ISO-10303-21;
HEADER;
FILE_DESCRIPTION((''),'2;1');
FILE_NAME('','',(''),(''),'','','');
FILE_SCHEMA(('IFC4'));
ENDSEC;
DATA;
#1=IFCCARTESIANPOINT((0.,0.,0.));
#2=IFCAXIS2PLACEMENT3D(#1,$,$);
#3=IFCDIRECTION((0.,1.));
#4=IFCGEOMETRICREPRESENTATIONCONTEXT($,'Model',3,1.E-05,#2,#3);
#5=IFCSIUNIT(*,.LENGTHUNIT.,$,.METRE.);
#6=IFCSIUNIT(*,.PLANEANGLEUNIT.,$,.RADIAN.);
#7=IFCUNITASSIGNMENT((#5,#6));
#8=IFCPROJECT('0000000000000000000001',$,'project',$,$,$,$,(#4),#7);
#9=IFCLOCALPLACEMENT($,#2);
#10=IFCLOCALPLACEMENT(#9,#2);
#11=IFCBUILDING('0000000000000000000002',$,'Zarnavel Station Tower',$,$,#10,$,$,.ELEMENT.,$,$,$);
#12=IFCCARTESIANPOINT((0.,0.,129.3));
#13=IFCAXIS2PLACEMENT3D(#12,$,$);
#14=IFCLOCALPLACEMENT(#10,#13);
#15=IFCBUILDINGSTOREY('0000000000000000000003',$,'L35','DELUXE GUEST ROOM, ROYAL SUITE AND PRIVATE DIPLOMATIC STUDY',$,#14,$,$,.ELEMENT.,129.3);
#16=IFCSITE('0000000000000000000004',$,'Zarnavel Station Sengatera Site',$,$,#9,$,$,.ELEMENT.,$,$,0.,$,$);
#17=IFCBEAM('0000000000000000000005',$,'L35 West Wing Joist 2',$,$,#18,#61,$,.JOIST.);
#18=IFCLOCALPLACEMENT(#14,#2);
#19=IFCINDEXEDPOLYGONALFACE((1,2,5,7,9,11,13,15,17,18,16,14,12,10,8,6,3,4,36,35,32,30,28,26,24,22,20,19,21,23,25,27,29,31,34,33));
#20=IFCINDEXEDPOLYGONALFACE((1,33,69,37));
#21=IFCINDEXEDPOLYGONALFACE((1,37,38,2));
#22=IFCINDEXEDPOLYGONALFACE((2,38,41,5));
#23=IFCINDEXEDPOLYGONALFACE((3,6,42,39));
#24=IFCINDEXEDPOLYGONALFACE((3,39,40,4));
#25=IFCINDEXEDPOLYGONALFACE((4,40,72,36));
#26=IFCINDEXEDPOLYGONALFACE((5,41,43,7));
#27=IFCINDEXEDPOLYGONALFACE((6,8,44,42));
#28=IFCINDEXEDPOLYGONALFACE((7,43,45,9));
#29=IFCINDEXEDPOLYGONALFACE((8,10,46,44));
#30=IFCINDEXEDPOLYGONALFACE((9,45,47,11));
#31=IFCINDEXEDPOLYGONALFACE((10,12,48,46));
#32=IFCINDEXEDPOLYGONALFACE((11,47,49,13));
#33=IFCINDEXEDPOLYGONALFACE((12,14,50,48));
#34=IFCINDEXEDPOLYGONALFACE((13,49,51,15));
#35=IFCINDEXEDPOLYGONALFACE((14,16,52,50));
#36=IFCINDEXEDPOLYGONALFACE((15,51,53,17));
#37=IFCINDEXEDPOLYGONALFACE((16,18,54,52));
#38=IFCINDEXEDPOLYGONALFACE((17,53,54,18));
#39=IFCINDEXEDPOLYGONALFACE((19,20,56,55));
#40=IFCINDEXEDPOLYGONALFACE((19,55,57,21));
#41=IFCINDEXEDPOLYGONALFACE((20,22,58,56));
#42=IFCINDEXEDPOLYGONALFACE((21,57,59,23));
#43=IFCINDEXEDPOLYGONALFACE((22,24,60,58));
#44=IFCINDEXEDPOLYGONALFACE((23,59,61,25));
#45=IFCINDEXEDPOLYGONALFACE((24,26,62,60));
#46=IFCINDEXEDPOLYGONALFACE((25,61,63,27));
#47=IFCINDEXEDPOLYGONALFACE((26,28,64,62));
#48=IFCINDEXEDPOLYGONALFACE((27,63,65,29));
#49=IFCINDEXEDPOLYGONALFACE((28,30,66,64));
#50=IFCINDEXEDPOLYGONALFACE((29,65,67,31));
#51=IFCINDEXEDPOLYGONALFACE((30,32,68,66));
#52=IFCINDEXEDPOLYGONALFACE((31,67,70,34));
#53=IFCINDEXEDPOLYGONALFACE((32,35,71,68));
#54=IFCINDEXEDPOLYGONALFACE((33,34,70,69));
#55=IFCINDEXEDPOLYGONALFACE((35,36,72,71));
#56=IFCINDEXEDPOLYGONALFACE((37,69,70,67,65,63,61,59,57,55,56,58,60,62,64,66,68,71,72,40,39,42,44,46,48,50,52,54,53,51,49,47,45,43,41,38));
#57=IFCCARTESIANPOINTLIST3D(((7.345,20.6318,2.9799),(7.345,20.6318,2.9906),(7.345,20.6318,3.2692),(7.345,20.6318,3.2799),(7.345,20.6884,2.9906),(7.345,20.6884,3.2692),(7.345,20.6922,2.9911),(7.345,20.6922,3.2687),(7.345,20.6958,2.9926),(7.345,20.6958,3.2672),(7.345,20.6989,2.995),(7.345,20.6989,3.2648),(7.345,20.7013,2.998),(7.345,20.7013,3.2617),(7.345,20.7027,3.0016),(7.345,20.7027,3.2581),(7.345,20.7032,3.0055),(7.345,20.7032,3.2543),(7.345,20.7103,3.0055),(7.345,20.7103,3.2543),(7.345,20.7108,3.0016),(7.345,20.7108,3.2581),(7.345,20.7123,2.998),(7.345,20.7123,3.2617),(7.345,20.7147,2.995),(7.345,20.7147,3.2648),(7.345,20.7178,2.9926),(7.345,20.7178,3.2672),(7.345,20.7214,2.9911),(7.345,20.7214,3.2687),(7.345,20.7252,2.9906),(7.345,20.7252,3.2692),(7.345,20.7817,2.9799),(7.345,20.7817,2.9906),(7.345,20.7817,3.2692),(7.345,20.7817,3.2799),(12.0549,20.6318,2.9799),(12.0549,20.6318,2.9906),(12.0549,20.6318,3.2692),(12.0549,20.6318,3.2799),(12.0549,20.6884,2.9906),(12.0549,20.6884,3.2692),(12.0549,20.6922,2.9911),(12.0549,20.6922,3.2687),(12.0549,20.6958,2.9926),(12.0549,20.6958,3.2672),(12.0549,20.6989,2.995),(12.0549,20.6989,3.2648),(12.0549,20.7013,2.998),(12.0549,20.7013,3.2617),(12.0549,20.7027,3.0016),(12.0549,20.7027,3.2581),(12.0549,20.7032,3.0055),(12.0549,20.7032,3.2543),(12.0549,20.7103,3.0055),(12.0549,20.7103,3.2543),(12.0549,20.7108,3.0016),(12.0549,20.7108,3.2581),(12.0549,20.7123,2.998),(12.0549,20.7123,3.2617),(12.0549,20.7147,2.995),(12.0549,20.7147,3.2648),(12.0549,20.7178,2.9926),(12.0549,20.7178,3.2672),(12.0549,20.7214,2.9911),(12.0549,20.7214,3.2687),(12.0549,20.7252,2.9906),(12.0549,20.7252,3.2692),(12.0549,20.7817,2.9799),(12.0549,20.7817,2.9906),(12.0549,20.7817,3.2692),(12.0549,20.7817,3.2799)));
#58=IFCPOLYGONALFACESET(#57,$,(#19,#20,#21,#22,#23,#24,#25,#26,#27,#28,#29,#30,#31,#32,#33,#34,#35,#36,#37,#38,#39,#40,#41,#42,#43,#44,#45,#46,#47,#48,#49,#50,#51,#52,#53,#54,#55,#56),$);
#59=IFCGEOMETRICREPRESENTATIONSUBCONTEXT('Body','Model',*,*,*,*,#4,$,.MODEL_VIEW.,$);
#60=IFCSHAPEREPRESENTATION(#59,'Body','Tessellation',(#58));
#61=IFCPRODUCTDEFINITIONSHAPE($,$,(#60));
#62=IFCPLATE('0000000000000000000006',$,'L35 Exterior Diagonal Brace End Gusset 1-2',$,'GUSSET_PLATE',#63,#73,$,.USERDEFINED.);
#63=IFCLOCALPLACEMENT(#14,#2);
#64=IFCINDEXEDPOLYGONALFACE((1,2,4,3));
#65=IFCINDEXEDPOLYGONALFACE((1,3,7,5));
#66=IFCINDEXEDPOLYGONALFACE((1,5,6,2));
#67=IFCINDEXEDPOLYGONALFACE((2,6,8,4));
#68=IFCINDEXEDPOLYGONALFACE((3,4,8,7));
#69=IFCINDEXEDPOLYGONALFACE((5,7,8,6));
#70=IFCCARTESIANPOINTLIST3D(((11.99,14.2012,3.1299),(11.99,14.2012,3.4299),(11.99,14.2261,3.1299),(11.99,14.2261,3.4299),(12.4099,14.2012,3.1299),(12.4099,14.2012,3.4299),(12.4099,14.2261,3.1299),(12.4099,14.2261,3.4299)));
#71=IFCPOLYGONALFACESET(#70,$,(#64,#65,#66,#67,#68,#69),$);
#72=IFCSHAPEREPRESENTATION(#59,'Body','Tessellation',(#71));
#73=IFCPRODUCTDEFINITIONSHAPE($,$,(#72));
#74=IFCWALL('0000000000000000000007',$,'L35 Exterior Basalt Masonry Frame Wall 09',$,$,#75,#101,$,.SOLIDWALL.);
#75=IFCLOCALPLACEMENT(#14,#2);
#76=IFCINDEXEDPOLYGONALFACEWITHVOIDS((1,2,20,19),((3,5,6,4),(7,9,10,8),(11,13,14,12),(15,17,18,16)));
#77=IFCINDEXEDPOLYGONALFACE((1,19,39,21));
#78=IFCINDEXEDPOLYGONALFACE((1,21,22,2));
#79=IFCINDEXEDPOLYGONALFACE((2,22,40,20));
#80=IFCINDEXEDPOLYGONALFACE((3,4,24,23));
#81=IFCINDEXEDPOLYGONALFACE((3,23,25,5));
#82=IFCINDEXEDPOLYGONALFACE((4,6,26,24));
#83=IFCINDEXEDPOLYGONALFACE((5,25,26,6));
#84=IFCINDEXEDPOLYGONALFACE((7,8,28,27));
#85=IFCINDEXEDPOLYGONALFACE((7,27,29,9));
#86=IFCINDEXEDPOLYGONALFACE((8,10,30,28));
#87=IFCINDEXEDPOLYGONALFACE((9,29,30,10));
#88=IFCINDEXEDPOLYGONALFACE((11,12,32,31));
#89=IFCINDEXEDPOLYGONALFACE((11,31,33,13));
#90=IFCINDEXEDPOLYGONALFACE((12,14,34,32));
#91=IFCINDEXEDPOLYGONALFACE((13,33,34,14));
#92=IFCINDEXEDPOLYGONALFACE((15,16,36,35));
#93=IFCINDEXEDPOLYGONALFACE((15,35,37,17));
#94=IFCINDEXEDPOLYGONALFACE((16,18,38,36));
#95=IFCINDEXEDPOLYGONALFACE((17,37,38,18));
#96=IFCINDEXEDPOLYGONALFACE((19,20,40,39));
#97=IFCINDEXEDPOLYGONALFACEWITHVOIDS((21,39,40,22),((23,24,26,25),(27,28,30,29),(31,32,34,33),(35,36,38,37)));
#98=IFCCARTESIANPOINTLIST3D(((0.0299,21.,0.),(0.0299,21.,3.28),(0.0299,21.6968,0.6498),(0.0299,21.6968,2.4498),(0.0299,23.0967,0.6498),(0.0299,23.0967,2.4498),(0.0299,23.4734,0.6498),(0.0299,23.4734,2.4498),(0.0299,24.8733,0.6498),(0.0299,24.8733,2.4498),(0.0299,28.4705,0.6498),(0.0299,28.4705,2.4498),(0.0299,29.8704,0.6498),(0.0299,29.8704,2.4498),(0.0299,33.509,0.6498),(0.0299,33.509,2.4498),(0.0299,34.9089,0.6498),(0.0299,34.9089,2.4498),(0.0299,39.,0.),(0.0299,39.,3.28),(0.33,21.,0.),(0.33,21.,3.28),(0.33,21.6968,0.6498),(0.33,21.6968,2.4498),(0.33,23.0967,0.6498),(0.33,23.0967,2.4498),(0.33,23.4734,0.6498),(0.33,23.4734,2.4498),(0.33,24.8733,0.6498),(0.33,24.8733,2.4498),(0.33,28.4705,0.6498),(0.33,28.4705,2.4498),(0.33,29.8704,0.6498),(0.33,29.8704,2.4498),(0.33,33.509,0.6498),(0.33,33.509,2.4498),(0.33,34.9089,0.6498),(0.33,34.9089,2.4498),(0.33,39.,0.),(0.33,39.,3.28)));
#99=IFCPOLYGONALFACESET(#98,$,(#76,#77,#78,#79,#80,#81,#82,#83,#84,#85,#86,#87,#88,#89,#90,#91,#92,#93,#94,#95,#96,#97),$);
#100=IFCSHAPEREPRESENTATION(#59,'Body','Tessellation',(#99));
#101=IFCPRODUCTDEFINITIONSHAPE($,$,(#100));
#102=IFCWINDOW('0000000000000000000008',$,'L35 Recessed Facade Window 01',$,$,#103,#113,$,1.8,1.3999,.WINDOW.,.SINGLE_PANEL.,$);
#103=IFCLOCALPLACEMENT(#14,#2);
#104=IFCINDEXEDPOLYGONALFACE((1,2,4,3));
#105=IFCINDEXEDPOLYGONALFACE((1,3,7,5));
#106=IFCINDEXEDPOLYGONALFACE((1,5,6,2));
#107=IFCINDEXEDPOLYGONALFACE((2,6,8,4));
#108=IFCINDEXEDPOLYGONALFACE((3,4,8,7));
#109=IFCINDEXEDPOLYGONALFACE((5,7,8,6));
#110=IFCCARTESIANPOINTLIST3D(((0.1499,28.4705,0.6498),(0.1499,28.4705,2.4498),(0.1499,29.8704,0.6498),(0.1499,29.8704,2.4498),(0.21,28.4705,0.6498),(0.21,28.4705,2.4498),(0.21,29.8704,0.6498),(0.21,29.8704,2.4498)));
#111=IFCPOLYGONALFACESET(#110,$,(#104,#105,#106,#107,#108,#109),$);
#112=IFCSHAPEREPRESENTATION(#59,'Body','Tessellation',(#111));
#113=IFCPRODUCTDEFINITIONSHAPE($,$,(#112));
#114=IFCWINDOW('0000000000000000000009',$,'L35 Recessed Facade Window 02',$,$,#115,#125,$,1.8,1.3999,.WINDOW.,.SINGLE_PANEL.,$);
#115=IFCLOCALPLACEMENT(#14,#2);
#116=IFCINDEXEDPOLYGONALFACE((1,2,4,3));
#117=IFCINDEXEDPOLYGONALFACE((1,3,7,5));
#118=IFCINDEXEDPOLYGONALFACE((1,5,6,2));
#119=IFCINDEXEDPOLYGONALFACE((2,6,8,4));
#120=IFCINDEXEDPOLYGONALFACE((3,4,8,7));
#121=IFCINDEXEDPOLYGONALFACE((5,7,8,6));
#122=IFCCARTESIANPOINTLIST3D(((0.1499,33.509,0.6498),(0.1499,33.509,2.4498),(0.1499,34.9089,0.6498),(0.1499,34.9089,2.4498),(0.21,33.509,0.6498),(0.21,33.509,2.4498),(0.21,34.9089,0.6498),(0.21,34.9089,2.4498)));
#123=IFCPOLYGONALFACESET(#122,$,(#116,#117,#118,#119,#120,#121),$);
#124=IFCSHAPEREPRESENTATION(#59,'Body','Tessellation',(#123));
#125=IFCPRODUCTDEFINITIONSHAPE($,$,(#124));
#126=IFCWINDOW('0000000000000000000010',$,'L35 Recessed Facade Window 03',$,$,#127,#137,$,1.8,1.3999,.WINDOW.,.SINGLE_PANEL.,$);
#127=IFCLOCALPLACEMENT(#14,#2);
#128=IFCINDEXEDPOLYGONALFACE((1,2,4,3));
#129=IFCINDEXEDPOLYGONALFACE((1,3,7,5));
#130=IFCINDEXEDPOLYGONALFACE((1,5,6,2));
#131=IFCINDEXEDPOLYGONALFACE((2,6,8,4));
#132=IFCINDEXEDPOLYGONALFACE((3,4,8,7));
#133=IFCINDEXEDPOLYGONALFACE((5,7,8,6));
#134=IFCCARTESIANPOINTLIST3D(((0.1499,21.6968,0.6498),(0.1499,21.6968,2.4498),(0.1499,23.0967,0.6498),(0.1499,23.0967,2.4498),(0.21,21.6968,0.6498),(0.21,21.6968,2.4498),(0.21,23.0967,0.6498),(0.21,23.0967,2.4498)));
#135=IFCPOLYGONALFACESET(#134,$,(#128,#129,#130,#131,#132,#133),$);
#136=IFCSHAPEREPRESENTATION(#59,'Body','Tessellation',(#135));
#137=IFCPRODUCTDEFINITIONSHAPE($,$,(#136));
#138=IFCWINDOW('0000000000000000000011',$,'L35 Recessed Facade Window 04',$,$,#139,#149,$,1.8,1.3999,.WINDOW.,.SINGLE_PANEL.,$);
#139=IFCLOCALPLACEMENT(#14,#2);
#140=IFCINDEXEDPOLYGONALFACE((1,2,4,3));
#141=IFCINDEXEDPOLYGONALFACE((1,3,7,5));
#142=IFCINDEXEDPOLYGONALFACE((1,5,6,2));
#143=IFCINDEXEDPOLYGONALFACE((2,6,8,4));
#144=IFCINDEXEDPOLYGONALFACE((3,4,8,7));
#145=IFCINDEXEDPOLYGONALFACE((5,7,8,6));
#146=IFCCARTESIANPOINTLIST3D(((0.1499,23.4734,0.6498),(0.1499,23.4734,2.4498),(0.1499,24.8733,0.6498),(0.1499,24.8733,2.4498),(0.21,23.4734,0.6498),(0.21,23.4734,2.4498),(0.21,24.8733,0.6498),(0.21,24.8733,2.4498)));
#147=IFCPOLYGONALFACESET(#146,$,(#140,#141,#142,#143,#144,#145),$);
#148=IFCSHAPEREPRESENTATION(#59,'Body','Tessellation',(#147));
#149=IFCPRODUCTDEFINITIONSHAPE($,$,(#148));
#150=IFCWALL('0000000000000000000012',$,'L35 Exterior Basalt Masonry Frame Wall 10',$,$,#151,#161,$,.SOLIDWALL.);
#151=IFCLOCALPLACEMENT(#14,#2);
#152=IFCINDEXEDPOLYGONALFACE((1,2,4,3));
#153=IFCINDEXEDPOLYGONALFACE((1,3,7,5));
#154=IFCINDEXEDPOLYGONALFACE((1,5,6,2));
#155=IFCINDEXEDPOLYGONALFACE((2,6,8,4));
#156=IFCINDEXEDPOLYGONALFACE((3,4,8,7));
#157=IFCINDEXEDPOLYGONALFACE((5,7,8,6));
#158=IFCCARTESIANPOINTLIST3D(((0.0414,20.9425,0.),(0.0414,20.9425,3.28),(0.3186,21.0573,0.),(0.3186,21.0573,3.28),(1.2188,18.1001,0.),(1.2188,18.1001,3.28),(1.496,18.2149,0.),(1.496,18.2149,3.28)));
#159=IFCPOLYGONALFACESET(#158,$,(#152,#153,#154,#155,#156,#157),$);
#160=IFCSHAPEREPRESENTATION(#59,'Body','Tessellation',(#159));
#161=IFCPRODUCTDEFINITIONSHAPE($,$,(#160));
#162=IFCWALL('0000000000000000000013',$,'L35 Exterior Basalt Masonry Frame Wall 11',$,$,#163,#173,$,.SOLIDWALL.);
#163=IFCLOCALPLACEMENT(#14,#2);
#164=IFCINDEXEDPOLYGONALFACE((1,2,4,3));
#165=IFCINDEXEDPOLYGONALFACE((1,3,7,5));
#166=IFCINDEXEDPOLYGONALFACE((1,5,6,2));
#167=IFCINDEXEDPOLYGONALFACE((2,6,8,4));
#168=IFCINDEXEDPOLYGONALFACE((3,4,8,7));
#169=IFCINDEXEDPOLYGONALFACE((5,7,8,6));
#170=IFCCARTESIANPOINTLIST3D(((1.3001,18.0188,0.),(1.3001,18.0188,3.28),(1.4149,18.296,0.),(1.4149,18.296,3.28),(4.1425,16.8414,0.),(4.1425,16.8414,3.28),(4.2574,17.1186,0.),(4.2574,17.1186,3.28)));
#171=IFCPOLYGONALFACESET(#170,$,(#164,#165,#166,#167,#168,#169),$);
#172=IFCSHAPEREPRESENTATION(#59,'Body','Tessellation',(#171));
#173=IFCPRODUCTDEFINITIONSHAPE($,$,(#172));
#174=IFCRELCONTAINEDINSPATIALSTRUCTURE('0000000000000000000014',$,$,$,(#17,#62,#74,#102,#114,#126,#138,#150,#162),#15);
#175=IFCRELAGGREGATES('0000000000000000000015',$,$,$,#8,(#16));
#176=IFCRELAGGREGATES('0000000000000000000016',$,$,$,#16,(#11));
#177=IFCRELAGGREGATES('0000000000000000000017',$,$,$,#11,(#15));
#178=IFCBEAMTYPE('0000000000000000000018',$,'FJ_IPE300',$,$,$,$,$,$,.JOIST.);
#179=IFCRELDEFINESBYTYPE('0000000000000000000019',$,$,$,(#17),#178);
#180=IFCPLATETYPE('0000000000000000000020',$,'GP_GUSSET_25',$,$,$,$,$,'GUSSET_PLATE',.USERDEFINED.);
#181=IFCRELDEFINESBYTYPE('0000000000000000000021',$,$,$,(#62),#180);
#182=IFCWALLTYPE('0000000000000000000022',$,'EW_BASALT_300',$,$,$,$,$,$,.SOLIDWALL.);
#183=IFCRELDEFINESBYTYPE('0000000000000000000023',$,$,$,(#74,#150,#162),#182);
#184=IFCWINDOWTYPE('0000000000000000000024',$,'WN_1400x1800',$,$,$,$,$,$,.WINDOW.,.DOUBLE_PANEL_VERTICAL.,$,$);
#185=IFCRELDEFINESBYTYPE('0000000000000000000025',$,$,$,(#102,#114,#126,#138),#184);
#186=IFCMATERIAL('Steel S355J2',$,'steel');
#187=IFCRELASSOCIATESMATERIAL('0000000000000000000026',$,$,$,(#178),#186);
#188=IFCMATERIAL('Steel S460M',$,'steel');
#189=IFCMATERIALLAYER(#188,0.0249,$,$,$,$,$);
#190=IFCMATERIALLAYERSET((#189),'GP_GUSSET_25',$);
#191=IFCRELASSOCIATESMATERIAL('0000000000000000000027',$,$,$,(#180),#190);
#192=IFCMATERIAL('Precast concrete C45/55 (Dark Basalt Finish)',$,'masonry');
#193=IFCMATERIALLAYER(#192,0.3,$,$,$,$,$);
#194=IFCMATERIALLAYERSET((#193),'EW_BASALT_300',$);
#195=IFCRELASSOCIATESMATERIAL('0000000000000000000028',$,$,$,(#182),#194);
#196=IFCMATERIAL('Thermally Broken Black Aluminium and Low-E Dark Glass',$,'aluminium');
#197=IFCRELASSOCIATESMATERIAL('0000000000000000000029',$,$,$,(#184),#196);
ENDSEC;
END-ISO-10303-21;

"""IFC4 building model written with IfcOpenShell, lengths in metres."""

from ifc_helpers import new_model, si_unit, direction, frame, frame_2d, origin, origin_2d, place, context, subcontext, project, spatial, rectangle, i_section, extrude, material, layer, layer_set, material_profile, profile_set, type_object, element, fill, save


model = new_model("IFC4")

# Units and contexts
model_context = context("Model", 3, precision=1e-05, world=origin(), true_north=direction((0.0, 1.0)))
body_context = subcontext(model_context, "Body", "Model", "MODEL_VIEW")
ifc_project = project(units=[si_unit("LENGTHUNIT", "METRE"), si_unit("PLANEANGLEUNIT", "RADIAN")], contexts=[model_context])

# Site, building, storey
site_placement = place(None, origin())
site = spatial("IfcSite", under=ifc_project, at=site_placement, Name="Zarnavel Station Sengatera Site", CompositionType="ELEMENT", RefElevation=0.0)
building_placement = place(site_placement, origin())
building = spatial("IfcBuilding", under=site, at=building_placement, Name="Zarnavel Station Tower", CompositionType="ELEMENT")
storey_placement = place(building_placement, frame((0.0, 0.0, 129.3)))
storey = spatial("IfcBuildingStorey", under=building, at=storey_placement, Name="L35", Description="DELUXE GUEST ROOM, ROYAL SUITE AND PRIVATE DIPLOMATIC STUDY", CompositionType="ELEMENT", Elevation=129.3)

# Beam
ifc_material_1 = material(Name="Steel S355J2", Category="steel")
ifc_material_profile_1 = material_profile(ifc_material_1, i_section(OverallWidth=0.1499, OverallDepth=0.3, WebThickness=0.0071, FlangeThickness=0.0107, FilletRadius=0.0149, at=origin_2d()), Name="IPE300")
ifc_profile_set_1 = profile_set([ifc_material_profile_1], Name="Steel S355J2")
beam_type_1 = type_object("IfcBeamType", Name="FJ_IPE300", PredefinedType="JOIST", material=ifc_profile_set_1)
for number, where, z_axis, x_axis, name in (
    (1, (7.345, 20.7068, 3.1299), (1.0, 0.0, 0.0), (0.0, 1.0, 0.0), "L35 West Wing Joist 2"),
):
    element("IfcBeam", number, at=place(storey_placement, frame(where, z_axis=z_axis, x_axis=x_axis)), inside=storey, type_object=beam_type_1, Name=name, PredefinedType="JOIST", context=body_context, shape_type="SweptSolid", body=[
        extrude(i_section(OverallWidth=0.1499, OverallDepth=0.3, WebThickness=0.0071, FlangeThickness=0.0107, FilletRadius=0.0149, at=origin_2d()), origin(), (0.0, 0.0, 1.0), 4.71),
    ])

# Plate
ifc_material_2 = material(Name="Steel S460M", Category="steel")
ifc_layer_1 = layer(ifc_material_2, 0.0249)
ifc_layer_set_1 = layer_set([ifc_layer_1], Name="GP_GUSSET_25")
plate_type = type_object("IfcPlateType", Name="GP_GUSSET_25", ElementType="GUSSET_PLATE", PredefinedType="USERDEFINED", material=ifc_layer_set_1)
plate_placement = place(storey_placement, frame((12.2, 14.2136, 3.1299), z_axis=(0.0, 0.0, 1.0), x_axis=(1.0, 0.0, 0.0)))
element("IfcPlate", 2, at=plate_placement, inside=storey, type_object=plate_type, Name="L35 Exterior Diagonal Brace End Gusset 1-2", ObjectType="GUSSET_PLATE", PredefinedType="USERDEFINED", context=body_context, shape_type="SweptSolid", body=[
    extrude(rectangle(XDim=0.4199, YDim=0.0249, at=origin_2d()), origin(), (0.0, 0.0, 1.0), 0.3),
])

# Wall, openings, windows
ifc_material_3 = material(Name="Precast concrete C45/55 (Dark Basalt Finish)", Category="masonry")
ifc_layer_2 = layer(ifc_material_3, 0.3)
ifc_layer_set_2 = layer_set([ifc_layer_2], Name="EW_BASALT_300")
wall_type_1 = type_object("IfcWallType", Name="EW_BASALT_300", PredefinedType="SOLIDWALL", material=ifc_layer_set_2)
wall_1_placement = place(storey_placement, frame((0.1799, 21.0, 0.0), z_axis=(0.0, 0.0, 1.0), x_axis=(0.0, 1.0, 0.0)))
wall_1 = element("IfcWall", 3, at=wall_1_placement, inside=storey, type_object=wall_type_1, Name="L35 Exterior Basalt Masonry Frame Wall 09", PredefinedType="SOLIDWALL", context=body_context, shape_type="SweptSolid", body=[
    extrude(rectangle(XDim=18.0, YDim=0.3, at=frame_2d((9.0, 0.0))), origin(), (0.0, 0.0, 1.0), 3.28),
])
opening_1_placement = place(wall_1_placement, frame((7.4705, 0.0, 0.6499)))
opening_1 = element("IfcOpeningElement", 4, at=opening_1_placement, cuts=wall_1, PredefinedType="OPENING", context=body_context, shape_type="SweptSolid", body=[
    extrude(rectangle(XDim=1.3999, YDim=1.8, at=frame_2d((0.7, 0.8999))), frame((0.0, 0.1599, 0.0), z_axis=(0.0, -1.0, 0.0), x_axis=(1.0, 0.0, 0.0)), (0.0, 0.0, 1.0), 0.3201),
])
opening_2_placement = place(wall_1_placement, frame((12.509, 0.0, 0.6499)))
opening_2 = element("IfcOpeningElement", 5, at=opening_2_placement, cuts=wall_1, PredefinedType="OPENING", context=body_context, shape_type="SweptSolid", body=[
    extrude(rectangle(XDim=1.3999, YDim=1.8, at=frame_2d((0.7, 0.8999))), frame((0.0, 0.1599, 0.0), z_axis=(0.0, -1.0, 0.0), x_axis=(1.0, 0.0, 0.0)), (0.0, 0.0, 1.0), 0.3201),
])
opening_3_placement = place(wall_1_placement, frame((0.6968, 0.0, 0.6499)))
opening_3 = element("IfcOpeningElement", 6, at=opening_3_placement, cuts=wall_1, PredefinedType="OPENING", context=body_context, shape_type="SweptSolid", body=[
    extrude(rectangle(XDim=1.3999, YDim=1.8, at=frame_2d((0.7, 0.8999))), frame((0.0, 0.1599, 0.0), z_axis=(0.0, -1.0, 0.0), x_axis=(1.0, 0.0, 0.0)), (0.0, 0.0, 1.0), 0.3201),
])
opening_4_placement = place(wall_1_placement, frame((2.4734, 0.0, 0.6499)))
opening_4 = element("IfcOpeningElement", 7, at=opening_4_placement, cuts=wall_1, PredefinedType="OPENING", context=body_context, shape_type="SweptSolid", body=[
    extrude(rectangle(XDim=1.3999, YDim=1.8, at=frame_2d((0.7, 0.8999))), frame((0.0, 0.1599, 0.0), z_axis=(0.0, -1.0, 0.0), x_axis=(1.0, 0.0, 0.0)), (0.0, 0.0, 1.0), 0.3201),
])
ifc_material_4 = material(Name="Thermally Broken Black Aluminium and Low-E Dark Glass", Category="aluminium")
window_type = type_object("IfcWindowType", Name="WN_1400x1800", PartitioningType="DOUBLE_PANEL_VERTICAL", PredefinedType="WINDOW", material=ifc_material_4)
window_1_placement = place(opening_1_placement, origin())
window_1 = element("IfcWindow", 8, at=window_1_placement, inside=storey, type_object=window_type, Name="L35 Recessed Facade Window 01", OverallHeight=1.8, OverallWidth=1.3999, PartitioningType="SINGLE_PANEL", PredefinedType="WINDOW", context=body_context, shape_type="SweptSolid", body=[
    extrude(rectangle(XDim=1.3999, YDim=1.8, at=frame_2d((0.7, 0.8999))), frame((0.0, 0.03, 0.0), z_axis=(0.0, -1.0, 0.0), x_axis=(1.0, 0.0, 0.0)), (0.0, 0.0, 1.0), 0.0601),
])
fill(opening_1, window_1)
window_2_placement = place(opening_2_placement, origin())
window_2 = element("IfcWindow", 9, at=window_2_placement, inside=storey, type_object=window_type, Name="L35 Recessed Facade Window 02", OverallHeight=1.8, OverallWidth=1.3999, PartitioningType="SINGLE_PANEL", PredefinedType="WINDOW", context=body_context, shape_type="SweptSolid", body=[
    extrude(rectangle(XDim=1.3999, YDim=1.8, at=frame_2d((0.7, 0.8999))), frame((0.0, 0.03, 0.0), z_axis=(0.0, -1.0, 0.0), x_axis=(1.0, 0.0, 0.0)), (0.0, 0.0, 1.0), 0.0601),
])
fill(opening_2, window_2)
window_3_placement = place(opening_3_placement, origin())
window_3 = element("IfcWindow", 10, at=window_3_placement, inside=storey, type_object=window_type, Name="L35 Recessed Facade Window 03", OverallHeight=1.8, OverallWidth=1.3999, PartitioningType="SINGLE_PANEL", PredefinedType="WINDOW", context=body_context, shape_type="SweptSolid", body=[
    extrude(rectangle(XDim=1.3999, YDim=1.8, at=frame_2d((0.7, 0.8999))), frame((0.0, 0.03, 0.0), z_axis=(0.0, -1.0, 0.0), x_axis=(1.0, 0.0, 0.0)), (0.0, 0.0, 1.0), 0.0601),
])
fill(opening_3, window_3)
window_4_placement = place(opening_4_placement, origin())
window_4 = element("IfcWindow", 11, at=window_4_placement, inside=storey, type_object=window_type, Name="L35 Recessed Facade Window 04", OverallHeight=1.8, OverallWidth=1.3999, PartitioningType="SINGLE_PANEL", PredefinedType="WINDOW", context=body_context, shape_type="SweptSolid", body=[
    extrude(rectangle(XDim=1.3999, YDim=1.8, at=frame_2d((0.7, 0.8999))), frame((0.0, 0.03, 0.0), z_axis=(0.0, -1.0, 0.0), x_axis=(1.0, 0.0, 0.0)), (0.0, 0.0, 1.0), 0.0601),
])
fill(opening_4, window_4)

# Walls
for number, where, z_axis, x_axis, name in (
    (12, (1.3574, 18.1575, 0.0), (0.0, 0.0, 1.0), (-0.382705, 0.923871, 0.0), "L35 Exterior Basalt Masonry Frame Wall 10"),
    (13, (4.2, 16.98, 0.0), (0.0, 0.0, 1.0), (-0.923871, 0.382705, 0.0), "L35 Exterior Basalt Masonry Frame Wall 11"),
):
    element("IfcWall", number, at=place(storey_placement, frame(where, z_axis=z_axis, x_axis=x_axis)), inside=storey, type_object=wall_type_1, Name=name, PredefinedType="SOLIDWALL", context=body_context, shape_type="SweptSolid", body=[
        extrude(rectangle(XDim=3.0767, YDim=0.3, at=frame_2d((1.5383, 0.0))), origin(), (0.0, 0.0, 1.0), 3.28),
    ])

save(model, "model.ifc")
